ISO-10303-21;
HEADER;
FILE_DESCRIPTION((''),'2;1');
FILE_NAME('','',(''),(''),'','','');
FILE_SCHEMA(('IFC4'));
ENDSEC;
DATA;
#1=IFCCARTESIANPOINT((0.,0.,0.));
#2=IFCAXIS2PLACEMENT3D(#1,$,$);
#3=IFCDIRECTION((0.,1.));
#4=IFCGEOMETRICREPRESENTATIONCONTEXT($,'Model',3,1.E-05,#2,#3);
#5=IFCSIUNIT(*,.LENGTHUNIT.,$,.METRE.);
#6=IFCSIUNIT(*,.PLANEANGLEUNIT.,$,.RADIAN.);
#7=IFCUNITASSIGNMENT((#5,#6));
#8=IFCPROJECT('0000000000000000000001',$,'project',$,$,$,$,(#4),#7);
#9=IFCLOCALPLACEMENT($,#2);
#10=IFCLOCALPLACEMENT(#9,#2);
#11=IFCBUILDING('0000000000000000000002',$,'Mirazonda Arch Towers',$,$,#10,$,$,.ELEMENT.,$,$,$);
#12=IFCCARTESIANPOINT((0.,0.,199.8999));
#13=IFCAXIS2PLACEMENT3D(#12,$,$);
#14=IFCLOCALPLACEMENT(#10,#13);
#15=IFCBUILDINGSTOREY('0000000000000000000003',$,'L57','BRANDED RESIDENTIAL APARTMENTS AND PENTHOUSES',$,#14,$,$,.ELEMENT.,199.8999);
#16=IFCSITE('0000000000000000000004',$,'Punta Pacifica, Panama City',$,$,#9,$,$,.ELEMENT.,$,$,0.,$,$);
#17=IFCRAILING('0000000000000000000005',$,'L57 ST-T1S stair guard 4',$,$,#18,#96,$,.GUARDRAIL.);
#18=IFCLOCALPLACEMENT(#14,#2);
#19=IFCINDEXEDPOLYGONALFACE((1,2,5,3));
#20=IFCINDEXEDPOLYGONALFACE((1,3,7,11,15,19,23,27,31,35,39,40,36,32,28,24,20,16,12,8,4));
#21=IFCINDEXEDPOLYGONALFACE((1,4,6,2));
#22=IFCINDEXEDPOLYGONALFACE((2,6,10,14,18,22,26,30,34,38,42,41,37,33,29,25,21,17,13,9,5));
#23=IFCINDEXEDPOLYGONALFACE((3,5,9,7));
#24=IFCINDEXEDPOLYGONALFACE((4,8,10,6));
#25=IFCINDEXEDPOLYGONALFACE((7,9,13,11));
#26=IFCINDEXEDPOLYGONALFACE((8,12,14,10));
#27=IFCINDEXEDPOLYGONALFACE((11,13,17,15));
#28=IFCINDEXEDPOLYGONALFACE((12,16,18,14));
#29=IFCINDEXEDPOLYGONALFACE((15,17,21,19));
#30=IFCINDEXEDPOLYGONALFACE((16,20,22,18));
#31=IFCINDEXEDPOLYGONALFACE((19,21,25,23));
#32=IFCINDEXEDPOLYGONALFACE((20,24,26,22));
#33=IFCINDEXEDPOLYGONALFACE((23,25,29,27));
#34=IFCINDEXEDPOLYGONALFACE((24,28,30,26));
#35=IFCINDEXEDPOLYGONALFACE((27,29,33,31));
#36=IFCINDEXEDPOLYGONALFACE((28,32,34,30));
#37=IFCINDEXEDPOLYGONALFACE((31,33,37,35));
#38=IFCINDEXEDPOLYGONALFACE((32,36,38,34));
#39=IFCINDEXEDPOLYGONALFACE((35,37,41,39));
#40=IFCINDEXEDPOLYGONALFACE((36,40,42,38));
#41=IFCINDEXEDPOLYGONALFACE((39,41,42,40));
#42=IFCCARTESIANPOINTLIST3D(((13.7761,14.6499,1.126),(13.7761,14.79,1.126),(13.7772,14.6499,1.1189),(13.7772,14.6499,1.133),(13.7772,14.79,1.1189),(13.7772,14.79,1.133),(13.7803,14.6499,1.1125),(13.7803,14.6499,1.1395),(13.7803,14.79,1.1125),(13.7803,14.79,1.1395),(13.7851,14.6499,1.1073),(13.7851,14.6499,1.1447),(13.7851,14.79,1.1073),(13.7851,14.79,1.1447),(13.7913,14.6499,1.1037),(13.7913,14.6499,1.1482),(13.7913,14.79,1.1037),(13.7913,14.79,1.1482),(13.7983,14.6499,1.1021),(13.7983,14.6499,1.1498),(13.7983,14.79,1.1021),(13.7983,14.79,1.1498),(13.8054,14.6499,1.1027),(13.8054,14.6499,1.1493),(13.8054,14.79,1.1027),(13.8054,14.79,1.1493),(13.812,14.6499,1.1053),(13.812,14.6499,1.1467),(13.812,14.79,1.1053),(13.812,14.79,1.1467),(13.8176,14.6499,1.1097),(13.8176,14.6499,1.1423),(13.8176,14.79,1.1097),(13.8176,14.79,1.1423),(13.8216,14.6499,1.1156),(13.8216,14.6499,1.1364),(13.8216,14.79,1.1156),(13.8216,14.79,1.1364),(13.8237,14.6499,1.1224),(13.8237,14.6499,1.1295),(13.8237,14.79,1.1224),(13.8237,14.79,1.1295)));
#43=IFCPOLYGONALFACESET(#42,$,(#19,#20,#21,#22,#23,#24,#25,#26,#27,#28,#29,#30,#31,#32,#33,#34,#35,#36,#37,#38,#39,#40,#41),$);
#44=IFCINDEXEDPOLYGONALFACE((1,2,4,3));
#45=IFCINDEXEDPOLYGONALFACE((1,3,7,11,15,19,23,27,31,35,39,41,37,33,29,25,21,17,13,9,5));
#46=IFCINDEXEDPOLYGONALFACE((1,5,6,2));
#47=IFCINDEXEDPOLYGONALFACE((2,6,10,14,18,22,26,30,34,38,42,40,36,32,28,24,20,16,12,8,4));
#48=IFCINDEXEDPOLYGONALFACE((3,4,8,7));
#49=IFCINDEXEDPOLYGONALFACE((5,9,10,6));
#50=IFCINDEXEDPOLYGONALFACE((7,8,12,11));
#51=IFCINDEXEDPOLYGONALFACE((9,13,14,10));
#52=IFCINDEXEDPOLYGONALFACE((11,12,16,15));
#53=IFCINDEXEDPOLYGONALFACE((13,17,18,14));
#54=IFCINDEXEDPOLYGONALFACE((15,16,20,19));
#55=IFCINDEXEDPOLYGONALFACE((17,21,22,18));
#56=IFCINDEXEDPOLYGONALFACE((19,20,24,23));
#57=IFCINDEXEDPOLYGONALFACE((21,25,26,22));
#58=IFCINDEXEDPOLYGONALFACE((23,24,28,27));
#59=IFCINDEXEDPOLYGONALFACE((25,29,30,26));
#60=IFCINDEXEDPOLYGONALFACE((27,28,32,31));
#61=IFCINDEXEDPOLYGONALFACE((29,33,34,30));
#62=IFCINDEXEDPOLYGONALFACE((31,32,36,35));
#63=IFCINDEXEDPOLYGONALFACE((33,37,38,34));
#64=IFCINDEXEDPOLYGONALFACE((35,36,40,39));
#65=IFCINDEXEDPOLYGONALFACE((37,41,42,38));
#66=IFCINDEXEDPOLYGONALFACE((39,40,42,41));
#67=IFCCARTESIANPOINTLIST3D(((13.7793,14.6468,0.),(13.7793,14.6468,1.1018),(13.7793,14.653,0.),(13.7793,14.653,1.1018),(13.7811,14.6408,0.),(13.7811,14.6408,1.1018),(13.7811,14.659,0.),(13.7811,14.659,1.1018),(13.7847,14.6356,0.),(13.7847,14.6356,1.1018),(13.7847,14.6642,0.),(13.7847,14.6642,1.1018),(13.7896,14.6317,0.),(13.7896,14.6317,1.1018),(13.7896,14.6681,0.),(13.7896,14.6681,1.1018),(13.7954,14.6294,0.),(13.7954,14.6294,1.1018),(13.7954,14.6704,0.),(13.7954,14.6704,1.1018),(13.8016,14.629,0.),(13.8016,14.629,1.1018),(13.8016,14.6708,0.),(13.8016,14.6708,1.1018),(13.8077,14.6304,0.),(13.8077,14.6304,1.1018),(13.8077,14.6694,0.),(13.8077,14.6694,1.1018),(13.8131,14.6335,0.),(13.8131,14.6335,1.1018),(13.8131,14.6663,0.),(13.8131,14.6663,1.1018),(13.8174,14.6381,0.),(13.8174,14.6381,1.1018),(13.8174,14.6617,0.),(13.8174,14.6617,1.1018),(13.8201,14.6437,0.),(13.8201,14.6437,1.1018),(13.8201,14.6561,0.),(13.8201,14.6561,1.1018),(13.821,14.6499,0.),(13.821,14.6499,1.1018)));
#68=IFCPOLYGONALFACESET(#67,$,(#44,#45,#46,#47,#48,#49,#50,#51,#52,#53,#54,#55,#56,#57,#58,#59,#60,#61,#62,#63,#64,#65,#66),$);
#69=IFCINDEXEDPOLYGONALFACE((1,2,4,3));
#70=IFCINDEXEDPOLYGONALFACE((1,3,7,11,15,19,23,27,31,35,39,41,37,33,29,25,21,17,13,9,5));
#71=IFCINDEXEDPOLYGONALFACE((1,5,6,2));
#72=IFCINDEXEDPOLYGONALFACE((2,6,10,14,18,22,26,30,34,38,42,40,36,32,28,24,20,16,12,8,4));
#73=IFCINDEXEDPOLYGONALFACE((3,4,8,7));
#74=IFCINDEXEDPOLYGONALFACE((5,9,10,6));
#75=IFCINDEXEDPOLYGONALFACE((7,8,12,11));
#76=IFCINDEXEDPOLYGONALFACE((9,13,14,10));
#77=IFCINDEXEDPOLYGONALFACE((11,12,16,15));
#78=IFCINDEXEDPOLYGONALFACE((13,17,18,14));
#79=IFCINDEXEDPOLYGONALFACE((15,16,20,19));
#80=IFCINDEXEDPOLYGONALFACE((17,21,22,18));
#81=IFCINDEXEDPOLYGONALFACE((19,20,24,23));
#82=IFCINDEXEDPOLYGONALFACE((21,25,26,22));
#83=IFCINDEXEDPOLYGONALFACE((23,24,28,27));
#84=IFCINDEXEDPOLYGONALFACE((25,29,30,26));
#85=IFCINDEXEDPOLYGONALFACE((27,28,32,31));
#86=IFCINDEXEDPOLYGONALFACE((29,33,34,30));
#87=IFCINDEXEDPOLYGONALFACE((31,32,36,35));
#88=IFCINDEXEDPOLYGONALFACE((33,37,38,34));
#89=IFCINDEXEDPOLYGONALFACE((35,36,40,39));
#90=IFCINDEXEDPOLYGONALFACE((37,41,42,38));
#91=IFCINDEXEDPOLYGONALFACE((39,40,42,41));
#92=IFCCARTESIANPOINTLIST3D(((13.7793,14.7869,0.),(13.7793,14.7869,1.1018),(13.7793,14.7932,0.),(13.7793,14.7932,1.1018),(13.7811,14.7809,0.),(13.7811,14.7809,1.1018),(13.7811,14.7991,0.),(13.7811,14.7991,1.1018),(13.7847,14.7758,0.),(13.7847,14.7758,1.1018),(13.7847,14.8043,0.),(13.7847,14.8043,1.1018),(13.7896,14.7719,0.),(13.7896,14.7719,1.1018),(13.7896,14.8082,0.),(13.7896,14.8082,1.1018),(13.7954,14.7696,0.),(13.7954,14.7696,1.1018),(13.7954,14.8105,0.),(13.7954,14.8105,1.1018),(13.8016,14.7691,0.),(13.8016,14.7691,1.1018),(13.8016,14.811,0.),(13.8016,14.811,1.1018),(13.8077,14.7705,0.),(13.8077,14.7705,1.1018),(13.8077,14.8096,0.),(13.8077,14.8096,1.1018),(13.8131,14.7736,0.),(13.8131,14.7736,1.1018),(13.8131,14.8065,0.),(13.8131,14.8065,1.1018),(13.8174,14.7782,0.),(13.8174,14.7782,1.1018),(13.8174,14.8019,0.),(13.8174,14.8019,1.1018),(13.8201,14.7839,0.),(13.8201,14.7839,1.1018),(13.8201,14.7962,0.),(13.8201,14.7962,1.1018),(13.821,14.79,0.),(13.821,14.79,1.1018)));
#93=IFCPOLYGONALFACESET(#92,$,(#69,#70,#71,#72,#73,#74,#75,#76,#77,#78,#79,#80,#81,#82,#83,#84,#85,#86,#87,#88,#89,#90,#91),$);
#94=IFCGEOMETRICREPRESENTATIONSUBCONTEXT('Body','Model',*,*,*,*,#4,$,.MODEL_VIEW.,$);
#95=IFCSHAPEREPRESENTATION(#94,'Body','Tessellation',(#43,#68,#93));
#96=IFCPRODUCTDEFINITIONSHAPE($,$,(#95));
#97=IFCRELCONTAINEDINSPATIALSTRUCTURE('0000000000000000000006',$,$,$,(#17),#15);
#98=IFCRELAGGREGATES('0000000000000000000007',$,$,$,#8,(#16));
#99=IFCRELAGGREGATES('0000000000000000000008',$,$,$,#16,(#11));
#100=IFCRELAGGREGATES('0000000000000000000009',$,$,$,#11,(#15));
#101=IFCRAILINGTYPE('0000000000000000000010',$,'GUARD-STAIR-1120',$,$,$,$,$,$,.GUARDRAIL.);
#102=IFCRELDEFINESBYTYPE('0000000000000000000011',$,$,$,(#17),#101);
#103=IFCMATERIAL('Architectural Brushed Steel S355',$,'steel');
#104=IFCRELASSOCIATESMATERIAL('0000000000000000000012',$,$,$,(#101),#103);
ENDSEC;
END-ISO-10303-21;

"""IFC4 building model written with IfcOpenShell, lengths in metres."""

from ifc_helpers import new_model, si_unit, direction, frame, origin, origin_2d, place, context, subcontext, project, spatial, circle, extrude, material, type_object, element, save


model = new_model("IFC4")

# Units and contexts
model_context = context("Model", 3, precision=1e-05, world=origin(), true_north=direction((0.0, 1.0)))
body_context = subcontext(model_context, "Body", "Model", "MODEL_VIEW")
ifc_project = project(units=[si_unit("LENGTHUNIT", "METRE"), si_unit("PLANEANGLEUNIT", "RADIAN")], contexts=[model_context])

# Site, building, storey
site_placement = place(None, origin())
site = spatial("IfcSite", under=ifc_project, at=site_placement, Name="Punta Pacifica, Panama City", CompositionType="ELEMENT", RefElevation=0.0)
building_placement = place(site_placement, origin())
building = spatial("IfcBuilding", under=site, at=building_placement, Name="Mirazonda Arch Towers", CompositionType="ELEMENT")
storey_placement = place(building_placement, frame((0.0, 0.0, 199.8999)))
storey = spatial("IfcBuildingStorey", under=building, at=storey_placement, Name="L57", Description="BRANDED RESIDENTIAL APARTMENTS AND PENTHOUSES", CompositionType="ELEMENT", Elevation=199.8999)

# Shared definitions
ifc_material_1 = material(Name="Architectural Brushed Steel S355", Category="steel")

# Railing
railing_type_1 = type_object("IfcRailingType", Name="GUARD-STAIR-1120", PredefinedType="GUARDRAIL", material=ifc_material_1)
railing_1_placement = place(storey_placement, frame((13.8, 14.6499, 0.0)))
element("IfcRailing", 1, at=railing_1_placement, inside=storey, type_object=railing_type_1, Name="L57 ST-T1S stair guard 4", PredefinedType="GUARDRAIL", context=body_context, shape_type="SweptSolid", body=[
    extrude(circle(Radius=0.0239, at=origin_2d()), frame((0.0, 0.0, 1.126), z_axis=(0.0, 1.0, 0.0), x_axis=(-1.0, 0.0, 0.0)), (0.0, 0.0, 1.0), 0.1401),
    extrude(circle(Radius=0.021, at=origin_2d()), origin(), (0.0, 0.0, 1.0), 1.1018),
    extrude(circle(Radius=0.021, at=origin_2d()), frame((0.0, 0.1401, 0.0)), (0.0, 0.0, 1.0), 1.1018),
])

save(model, "model.ifc")
